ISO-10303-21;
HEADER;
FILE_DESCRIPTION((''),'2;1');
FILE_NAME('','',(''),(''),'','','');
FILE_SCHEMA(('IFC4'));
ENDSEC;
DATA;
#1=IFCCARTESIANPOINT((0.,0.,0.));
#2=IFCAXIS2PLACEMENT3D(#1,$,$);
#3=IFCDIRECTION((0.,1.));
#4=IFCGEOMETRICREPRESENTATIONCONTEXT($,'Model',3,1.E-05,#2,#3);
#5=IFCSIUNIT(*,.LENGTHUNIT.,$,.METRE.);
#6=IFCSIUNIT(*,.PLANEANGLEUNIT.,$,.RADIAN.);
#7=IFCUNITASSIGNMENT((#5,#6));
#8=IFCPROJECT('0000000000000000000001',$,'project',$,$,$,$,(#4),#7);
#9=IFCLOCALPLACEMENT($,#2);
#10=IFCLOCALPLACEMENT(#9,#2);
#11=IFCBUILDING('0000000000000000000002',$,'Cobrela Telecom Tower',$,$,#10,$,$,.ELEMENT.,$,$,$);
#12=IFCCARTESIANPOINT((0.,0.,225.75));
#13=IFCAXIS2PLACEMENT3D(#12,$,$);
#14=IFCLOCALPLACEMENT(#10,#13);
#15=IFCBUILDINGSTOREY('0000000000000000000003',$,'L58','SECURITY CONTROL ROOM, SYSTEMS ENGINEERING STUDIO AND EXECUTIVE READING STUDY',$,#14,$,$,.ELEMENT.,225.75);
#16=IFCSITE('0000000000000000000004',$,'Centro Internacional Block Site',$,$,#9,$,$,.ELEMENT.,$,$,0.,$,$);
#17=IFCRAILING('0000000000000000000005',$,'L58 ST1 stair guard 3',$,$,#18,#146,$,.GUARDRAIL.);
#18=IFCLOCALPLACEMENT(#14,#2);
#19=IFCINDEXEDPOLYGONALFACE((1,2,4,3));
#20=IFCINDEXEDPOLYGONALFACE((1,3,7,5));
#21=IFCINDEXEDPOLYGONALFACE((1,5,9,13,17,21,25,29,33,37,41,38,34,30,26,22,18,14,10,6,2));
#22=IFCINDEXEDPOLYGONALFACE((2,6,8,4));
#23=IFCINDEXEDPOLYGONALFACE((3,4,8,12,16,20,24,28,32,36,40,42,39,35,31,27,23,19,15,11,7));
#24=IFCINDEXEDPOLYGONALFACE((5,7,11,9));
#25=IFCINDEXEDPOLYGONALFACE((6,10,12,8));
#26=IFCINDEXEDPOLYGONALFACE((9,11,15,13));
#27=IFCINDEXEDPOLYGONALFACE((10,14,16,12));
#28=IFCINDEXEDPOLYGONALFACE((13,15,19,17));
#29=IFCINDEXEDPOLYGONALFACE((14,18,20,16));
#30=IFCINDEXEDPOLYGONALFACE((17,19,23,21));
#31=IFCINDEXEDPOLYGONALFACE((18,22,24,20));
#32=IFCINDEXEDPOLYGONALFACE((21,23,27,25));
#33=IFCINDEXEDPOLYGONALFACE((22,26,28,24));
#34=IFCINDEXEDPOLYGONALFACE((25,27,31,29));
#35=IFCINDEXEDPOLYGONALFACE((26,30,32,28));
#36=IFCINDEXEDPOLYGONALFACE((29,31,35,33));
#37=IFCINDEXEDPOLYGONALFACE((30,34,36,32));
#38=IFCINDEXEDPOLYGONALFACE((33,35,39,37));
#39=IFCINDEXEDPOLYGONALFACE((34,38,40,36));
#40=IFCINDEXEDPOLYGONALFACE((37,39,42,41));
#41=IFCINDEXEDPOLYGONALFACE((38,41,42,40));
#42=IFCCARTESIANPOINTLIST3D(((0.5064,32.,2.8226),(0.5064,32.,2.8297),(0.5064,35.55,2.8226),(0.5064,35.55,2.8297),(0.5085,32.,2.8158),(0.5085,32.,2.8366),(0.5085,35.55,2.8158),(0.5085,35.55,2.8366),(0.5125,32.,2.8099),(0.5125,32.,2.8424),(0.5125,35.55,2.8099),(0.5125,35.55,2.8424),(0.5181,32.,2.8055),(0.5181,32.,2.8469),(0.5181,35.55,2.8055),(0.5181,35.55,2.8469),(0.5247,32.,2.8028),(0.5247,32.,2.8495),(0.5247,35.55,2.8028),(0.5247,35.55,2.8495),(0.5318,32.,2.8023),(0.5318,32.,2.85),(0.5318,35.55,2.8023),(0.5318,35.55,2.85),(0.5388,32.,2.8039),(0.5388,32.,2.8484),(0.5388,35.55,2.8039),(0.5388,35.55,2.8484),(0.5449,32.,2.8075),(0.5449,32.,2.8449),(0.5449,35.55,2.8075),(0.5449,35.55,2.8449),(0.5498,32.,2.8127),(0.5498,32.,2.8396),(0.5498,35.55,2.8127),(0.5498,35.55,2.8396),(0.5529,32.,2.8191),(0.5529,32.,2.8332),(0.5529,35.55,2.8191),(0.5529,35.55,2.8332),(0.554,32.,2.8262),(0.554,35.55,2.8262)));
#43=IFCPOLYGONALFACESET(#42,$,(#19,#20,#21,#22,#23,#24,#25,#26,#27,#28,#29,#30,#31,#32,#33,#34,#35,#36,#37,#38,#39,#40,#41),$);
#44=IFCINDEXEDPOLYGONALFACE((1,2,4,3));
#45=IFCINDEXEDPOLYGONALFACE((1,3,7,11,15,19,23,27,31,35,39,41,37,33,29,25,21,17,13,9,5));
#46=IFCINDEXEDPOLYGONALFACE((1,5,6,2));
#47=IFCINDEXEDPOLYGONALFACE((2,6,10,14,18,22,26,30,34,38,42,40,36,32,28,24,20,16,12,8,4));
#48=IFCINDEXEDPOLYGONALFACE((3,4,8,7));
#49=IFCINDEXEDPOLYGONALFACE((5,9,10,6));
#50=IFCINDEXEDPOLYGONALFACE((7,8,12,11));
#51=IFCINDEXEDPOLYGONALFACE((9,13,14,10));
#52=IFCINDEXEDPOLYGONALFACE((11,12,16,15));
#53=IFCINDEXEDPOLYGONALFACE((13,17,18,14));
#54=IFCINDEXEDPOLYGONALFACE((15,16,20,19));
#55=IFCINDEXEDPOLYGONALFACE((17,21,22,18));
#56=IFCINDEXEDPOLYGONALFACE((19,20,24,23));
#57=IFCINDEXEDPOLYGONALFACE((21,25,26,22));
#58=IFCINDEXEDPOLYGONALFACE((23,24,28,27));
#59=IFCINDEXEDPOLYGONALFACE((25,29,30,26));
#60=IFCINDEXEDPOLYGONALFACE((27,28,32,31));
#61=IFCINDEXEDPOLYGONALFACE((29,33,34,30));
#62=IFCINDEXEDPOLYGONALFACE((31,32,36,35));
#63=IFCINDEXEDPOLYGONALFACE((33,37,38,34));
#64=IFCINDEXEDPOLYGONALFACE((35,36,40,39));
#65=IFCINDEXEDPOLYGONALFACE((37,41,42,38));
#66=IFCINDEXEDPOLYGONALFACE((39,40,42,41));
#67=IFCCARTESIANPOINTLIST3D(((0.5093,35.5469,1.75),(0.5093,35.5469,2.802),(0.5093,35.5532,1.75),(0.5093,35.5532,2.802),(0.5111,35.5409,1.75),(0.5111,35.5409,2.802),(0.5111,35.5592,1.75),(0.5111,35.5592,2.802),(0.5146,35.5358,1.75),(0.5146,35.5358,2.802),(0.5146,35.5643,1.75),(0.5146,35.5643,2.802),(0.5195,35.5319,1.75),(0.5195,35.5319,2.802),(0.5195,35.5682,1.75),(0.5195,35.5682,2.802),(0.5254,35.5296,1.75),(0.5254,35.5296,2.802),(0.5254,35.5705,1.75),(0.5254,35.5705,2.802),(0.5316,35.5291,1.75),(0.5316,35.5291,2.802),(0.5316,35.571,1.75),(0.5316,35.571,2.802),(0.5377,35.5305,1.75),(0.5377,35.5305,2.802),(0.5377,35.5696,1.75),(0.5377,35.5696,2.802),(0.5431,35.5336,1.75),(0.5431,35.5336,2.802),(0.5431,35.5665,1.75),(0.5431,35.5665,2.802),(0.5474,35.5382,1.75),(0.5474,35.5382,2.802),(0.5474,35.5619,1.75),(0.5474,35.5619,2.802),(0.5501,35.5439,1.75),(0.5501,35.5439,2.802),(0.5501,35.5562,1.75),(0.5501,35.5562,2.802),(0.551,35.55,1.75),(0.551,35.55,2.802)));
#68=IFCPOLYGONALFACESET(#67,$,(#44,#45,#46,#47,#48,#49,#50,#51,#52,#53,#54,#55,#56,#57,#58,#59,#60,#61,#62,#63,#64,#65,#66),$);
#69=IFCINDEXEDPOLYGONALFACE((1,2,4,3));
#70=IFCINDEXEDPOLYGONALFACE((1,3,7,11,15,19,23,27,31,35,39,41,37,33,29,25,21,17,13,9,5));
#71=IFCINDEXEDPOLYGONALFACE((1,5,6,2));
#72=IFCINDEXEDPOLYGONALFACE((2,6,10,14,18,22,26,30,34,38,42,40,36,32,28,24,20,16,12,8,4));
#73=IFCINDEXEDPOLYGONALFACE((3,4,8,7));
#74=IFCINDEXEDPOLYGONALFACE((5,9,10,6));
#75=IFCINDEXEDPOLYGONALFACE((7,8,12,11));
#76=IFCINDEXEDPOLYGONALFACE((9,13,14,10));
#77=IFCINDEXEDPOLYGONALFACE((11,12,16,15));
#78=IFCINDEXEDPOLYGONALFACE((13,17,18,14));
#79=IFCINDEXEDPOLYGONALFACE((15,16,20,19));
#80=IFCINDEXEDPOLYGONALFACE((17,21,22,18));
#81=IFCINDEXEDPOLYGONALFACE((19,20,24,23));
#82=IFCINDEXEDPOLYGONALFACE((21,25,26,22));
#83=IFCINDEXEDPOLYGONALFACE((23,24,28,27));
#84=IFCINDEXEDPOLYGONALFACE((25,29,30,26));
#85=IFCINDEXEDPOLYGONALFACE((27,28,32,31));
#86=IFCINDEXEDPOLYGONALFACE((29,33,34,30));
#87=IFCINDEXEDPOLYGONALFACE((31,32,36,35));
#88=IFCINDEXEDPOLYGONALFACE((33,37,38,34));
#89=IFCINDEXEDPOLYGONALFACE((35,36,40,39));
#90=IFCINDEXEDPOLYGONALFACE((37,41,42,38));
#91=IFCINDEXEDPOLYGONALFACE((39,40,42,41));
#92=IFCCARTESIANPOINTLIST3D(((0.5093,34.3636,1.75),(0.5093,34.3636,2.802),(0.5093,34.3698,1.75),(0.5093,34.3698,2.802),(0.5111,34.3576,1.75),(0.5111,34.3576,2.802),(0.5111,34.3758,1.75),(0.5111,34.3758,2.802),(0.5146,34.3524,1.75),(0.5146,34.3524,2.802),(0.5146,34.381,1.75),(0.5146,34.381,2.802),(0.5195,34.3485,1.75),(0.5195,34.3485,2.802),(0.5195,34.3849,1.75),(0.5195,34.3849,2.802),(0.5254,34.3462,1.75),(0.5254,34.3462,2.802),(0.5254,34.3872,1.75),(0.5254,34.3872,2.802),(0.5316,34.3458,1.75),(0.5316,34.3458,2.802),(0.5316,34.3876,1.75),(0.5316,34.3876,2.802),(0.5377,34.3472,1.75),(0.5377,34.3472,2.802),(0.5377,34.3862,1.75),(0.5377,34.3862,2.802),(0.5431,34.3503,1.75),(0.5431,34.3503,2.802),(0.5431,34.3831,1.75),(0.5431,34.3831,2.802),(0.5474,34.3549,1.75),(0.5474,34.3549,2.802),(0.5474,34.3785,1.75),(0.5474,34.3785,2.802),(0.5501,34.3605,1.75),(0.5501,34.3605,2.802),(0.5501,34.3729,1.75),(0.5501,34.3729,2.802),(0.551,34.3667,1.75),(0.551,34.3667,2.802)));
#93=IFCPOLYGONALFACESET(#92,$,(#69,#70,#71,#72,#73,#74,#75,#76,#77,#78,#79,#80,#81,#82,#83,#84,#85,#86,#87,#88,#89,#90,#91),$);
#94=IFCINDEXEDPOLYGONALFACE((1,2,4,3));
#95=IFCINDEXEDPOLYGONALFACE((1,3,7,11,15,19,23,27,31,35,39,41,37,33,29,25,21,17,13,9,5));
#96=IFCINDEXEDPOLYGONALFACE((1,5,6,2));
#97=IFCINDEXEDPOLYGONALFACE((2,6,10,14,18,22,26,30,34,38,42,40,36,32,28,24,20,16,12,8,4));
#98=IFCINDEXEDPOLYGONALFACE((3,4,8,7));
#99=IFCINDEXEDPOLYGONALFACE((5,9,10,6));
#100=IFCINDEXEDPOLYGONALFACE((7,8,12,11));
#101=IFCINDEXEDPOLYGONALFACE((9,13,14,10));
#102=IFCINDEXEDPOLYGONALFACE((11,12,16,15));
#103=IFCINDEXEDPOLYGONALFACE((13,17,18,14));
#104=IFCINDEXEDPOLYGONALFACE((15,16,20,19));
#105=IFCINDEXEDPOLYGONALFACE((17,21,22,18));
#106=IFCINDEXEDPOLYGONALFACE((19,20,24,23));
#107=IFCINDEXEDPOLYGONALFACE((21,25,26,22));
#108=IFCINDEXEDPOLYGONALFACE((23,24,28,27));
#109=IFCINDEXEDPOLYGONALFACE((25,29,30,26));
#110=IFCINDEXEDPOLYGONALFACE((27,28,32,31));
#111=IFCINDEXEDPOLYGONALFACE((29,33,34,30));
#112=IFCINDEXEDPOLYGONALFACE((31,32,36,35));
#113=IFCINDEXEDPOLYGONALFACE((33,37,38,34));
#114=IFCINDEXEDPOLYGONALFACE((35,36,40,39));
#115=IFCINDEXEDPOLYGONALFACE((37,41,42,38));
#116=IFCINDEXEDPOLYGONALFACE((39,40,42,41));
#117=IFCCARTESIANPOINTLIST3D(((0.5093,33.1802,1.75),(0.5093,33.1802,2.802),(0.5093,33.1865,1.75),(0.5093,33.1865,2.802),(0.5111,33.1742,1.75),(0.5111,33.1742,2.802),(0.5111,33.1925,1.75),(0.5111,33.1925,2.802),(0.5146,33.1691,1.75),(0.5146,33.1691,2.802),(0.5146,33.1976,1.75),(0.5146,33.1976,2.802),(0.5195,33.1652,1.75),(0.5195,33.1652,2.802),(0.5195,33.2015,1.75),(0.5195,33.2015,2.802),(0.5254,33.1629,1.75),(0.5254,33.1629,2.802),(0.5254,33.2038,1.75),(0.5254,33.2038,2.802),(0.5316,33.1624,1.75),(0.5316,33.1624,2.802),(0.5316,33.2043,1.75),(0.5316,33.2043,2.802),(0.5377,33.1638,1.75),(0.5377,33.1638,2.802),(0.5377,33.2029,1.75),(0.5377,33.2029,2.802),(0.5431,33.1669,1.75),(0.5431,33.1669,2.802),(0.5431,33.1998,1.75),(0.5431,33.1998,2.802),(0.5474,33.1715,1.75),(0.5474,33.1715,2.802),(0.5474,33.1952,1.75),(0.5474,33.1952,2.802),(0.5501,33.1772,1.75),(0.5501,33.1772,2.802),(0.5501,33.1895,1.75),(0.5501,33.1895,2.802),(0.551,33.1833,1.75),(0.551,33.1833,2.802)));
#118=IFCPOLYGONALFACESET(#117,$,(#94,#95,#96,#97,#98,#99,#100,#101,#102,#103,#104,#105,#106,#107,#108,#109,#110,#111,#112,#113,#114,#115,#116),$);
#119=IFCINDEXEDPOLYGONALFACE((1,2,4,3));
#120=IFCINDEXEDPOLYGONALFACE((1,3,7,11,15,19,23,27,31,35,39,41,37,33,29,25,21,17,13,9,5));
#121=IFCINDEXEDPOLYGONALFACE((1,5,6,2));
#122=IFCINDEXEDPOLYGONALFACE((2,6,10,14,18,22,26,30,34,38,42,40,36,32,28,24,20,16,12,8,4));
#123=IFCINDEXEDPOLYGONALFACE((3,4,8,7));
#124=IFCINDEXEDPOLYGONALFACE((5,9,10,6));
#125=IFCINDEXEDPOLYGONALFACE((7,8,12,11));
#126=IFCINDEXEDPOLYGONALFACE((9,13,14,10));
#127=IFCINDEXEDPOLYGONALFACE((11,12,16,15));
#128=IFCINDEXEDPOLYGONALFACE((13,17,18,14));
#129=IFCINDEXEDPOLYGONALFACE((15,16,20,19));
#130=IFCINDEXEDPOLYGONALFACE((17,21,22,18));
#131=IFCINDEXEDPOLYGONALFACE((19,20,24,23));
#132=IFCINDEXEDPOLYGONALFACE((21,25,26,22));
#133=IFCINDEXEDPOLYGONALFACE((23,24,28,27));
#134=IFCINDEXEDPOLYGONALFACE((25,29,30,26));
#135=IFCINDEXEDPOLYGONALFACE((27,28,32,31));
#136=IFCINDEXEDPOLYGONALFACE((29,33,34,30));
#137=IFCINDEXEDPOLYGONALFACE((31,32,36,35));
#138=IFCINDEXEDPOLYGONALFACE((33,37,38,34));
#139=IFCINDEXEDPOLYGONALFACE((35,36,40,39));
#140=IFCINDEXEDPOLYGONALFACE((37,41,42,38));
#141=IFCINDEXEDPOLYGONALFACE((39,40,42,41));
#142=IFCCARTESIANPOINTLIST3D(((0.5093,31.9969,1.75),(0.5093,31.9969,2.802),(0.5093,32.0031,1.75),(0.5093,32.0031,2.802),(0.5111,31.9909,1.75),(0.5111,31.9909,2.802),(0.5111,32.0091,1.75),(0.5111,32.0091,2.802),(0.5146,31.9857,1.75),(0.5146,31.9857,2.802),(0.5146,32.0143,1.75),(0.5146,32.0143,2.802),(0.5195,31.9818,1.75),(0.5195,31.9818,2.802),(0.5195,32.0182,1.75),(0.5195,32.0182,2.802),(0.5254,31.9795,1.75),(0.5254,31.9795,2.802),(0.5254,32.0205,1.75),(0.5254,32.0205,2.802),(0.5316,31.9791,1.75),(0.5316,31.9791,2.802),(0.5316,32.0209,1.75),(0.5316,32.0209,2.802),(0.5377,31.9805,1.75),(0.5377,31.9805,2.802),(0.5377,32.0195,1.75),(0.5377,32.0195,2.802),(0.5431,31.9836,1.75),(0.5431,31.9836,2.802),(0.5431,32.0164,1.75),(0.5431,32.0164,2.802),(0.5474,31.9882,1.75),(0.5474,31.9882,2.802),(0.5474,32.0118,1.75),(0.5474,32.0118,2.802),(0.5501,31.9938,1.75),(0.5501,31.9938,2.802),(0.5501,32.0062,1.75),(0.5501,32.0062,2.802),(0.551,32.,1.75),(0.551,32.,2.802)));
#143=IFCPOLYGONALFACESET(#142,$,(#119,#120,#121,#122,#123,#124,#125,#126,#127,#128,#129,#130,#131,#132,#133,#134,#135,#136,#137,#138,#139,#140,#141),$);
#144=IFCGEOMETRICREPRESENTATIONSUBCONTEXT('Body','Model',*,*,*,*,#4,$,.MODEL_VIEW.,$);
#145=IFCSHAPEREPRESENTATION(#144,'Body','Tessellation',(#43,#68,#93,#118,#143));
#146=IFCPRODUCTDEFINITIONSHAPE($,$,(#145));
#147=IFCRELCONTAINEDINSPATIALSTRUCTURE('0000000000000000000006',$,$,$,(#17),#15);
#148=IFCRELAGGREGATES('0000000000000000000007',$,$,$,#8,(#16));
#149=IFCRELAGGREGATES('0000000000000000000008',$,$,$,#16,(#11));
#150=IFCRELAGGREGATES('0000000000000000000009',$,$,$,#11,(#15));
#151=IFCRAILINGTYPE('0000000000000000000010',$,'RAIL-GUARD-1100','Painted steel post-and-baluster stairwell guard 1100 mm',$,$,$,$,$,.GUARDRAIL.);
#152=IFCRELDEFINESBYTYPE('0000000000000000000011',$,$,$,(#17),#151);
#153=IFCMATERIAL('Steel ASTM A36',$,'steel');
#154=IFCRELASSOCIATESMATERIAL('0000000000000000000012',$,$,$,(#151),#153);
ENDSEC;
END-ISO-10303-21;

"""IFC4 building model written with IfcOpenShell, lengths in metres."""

from ifc_helpers import new_model, si_unit, direction, frame, origin, origin_2d, place, context, subcontext, project, spatial, circle, extrude, material, type_object, element, save


model = new_model("IFC4")

# Units and contexts
model_context = context("Model", 3, precision=1e-05, world=origin(), true_north=direction((0.0, 1.0)))
body_context = subcontext(model_context, "Body", "Model", "MODEL_VIEW")
ifc_project = project(units=[si_unit("LENGTHUNIT", "METRE"), si_unit("PLANEANGLEUNIT", "RADIAN")], contexts=[model_context])

# Site, building, storey
site_placement = place(None, origin())
site = spatial("IfcSite", under=ifc_project, at=site_placement, Name="Centro Internacional Block Site", CompositionType="ELEMENT", RefElevation=0.0)
building_placement = place(site_placement, origin())
building = spatial("IfcBuilding", under=site, at=building_placement, Name="Cobrela Telecom Tower", CompositionType="ELEMENT")
storey_placement = place(building_placement, frame((0.0, 0.0, 225.75)))
storey = spatial("IfcBuildingStorey", under=building, at=storey_placement, Name="L58", Description="SECURITY CONTROL ROOM, SYSTEMS ENGINEERING STUDIO AND EXECUTIVE READING STUDY", CompositionType="ELEMENT", Elevation=225.75)

# Shared definitions
ifc_material_1 = material(Name="Steel ASTM A36", Category="steel")

# Railing
railing_type_1 = type_object("IfcRailingType", Name="RAIL-GUARD-1100", Description="Painted steel post-and-baluster stairwell guard 1100 mm", PredefinedType="GUARDRAIL", material=ifc_material_1)
railing_1_placement = place(storey_placement, frame((0.53, 35.55, 1.75)))
element("IfcRailing", 1, at=railing_1_placement, inside=storey, type_object=railing_type_1, Name="L58 ST1 stair guard 3", PredefinedType="GUARDRAIL", context=body_context, shape_type="SweptSolid", body=[
    extrude(circle(Radius=0.0239, at=origin_2d()), frame((0.0, 0.0, 1.0762), z_axis=(0.0, -1.0, 0.0), x_axis=(1.0, 0.0, 0.0)), (0.0, 0.0, 1.0), 3.55),
    extrude(circle(Radius=0.021, at=origin_2d()), origin(), (0.0, 0.0, 1.0), 1.052),
    extrude(circle(Radius=0.021, at=origin_2d()), frame((0.0, -1.1833, 0.0)), (0.0, 0.0, 1.0), 1.052),
    extrude(circle(Radius=0.021, at=origin_2d()), frame((0.0, -2.3667, 0.0)), (0.0, 0.0, 1.0), 1.052),
    extrude(circle(Radius=0.021, at=origin_2d()), frame((0.0, -3.55, 0.0)), (0.0, 0.0, 1.0), 1.052),
])

save(model, "model.ifc")
